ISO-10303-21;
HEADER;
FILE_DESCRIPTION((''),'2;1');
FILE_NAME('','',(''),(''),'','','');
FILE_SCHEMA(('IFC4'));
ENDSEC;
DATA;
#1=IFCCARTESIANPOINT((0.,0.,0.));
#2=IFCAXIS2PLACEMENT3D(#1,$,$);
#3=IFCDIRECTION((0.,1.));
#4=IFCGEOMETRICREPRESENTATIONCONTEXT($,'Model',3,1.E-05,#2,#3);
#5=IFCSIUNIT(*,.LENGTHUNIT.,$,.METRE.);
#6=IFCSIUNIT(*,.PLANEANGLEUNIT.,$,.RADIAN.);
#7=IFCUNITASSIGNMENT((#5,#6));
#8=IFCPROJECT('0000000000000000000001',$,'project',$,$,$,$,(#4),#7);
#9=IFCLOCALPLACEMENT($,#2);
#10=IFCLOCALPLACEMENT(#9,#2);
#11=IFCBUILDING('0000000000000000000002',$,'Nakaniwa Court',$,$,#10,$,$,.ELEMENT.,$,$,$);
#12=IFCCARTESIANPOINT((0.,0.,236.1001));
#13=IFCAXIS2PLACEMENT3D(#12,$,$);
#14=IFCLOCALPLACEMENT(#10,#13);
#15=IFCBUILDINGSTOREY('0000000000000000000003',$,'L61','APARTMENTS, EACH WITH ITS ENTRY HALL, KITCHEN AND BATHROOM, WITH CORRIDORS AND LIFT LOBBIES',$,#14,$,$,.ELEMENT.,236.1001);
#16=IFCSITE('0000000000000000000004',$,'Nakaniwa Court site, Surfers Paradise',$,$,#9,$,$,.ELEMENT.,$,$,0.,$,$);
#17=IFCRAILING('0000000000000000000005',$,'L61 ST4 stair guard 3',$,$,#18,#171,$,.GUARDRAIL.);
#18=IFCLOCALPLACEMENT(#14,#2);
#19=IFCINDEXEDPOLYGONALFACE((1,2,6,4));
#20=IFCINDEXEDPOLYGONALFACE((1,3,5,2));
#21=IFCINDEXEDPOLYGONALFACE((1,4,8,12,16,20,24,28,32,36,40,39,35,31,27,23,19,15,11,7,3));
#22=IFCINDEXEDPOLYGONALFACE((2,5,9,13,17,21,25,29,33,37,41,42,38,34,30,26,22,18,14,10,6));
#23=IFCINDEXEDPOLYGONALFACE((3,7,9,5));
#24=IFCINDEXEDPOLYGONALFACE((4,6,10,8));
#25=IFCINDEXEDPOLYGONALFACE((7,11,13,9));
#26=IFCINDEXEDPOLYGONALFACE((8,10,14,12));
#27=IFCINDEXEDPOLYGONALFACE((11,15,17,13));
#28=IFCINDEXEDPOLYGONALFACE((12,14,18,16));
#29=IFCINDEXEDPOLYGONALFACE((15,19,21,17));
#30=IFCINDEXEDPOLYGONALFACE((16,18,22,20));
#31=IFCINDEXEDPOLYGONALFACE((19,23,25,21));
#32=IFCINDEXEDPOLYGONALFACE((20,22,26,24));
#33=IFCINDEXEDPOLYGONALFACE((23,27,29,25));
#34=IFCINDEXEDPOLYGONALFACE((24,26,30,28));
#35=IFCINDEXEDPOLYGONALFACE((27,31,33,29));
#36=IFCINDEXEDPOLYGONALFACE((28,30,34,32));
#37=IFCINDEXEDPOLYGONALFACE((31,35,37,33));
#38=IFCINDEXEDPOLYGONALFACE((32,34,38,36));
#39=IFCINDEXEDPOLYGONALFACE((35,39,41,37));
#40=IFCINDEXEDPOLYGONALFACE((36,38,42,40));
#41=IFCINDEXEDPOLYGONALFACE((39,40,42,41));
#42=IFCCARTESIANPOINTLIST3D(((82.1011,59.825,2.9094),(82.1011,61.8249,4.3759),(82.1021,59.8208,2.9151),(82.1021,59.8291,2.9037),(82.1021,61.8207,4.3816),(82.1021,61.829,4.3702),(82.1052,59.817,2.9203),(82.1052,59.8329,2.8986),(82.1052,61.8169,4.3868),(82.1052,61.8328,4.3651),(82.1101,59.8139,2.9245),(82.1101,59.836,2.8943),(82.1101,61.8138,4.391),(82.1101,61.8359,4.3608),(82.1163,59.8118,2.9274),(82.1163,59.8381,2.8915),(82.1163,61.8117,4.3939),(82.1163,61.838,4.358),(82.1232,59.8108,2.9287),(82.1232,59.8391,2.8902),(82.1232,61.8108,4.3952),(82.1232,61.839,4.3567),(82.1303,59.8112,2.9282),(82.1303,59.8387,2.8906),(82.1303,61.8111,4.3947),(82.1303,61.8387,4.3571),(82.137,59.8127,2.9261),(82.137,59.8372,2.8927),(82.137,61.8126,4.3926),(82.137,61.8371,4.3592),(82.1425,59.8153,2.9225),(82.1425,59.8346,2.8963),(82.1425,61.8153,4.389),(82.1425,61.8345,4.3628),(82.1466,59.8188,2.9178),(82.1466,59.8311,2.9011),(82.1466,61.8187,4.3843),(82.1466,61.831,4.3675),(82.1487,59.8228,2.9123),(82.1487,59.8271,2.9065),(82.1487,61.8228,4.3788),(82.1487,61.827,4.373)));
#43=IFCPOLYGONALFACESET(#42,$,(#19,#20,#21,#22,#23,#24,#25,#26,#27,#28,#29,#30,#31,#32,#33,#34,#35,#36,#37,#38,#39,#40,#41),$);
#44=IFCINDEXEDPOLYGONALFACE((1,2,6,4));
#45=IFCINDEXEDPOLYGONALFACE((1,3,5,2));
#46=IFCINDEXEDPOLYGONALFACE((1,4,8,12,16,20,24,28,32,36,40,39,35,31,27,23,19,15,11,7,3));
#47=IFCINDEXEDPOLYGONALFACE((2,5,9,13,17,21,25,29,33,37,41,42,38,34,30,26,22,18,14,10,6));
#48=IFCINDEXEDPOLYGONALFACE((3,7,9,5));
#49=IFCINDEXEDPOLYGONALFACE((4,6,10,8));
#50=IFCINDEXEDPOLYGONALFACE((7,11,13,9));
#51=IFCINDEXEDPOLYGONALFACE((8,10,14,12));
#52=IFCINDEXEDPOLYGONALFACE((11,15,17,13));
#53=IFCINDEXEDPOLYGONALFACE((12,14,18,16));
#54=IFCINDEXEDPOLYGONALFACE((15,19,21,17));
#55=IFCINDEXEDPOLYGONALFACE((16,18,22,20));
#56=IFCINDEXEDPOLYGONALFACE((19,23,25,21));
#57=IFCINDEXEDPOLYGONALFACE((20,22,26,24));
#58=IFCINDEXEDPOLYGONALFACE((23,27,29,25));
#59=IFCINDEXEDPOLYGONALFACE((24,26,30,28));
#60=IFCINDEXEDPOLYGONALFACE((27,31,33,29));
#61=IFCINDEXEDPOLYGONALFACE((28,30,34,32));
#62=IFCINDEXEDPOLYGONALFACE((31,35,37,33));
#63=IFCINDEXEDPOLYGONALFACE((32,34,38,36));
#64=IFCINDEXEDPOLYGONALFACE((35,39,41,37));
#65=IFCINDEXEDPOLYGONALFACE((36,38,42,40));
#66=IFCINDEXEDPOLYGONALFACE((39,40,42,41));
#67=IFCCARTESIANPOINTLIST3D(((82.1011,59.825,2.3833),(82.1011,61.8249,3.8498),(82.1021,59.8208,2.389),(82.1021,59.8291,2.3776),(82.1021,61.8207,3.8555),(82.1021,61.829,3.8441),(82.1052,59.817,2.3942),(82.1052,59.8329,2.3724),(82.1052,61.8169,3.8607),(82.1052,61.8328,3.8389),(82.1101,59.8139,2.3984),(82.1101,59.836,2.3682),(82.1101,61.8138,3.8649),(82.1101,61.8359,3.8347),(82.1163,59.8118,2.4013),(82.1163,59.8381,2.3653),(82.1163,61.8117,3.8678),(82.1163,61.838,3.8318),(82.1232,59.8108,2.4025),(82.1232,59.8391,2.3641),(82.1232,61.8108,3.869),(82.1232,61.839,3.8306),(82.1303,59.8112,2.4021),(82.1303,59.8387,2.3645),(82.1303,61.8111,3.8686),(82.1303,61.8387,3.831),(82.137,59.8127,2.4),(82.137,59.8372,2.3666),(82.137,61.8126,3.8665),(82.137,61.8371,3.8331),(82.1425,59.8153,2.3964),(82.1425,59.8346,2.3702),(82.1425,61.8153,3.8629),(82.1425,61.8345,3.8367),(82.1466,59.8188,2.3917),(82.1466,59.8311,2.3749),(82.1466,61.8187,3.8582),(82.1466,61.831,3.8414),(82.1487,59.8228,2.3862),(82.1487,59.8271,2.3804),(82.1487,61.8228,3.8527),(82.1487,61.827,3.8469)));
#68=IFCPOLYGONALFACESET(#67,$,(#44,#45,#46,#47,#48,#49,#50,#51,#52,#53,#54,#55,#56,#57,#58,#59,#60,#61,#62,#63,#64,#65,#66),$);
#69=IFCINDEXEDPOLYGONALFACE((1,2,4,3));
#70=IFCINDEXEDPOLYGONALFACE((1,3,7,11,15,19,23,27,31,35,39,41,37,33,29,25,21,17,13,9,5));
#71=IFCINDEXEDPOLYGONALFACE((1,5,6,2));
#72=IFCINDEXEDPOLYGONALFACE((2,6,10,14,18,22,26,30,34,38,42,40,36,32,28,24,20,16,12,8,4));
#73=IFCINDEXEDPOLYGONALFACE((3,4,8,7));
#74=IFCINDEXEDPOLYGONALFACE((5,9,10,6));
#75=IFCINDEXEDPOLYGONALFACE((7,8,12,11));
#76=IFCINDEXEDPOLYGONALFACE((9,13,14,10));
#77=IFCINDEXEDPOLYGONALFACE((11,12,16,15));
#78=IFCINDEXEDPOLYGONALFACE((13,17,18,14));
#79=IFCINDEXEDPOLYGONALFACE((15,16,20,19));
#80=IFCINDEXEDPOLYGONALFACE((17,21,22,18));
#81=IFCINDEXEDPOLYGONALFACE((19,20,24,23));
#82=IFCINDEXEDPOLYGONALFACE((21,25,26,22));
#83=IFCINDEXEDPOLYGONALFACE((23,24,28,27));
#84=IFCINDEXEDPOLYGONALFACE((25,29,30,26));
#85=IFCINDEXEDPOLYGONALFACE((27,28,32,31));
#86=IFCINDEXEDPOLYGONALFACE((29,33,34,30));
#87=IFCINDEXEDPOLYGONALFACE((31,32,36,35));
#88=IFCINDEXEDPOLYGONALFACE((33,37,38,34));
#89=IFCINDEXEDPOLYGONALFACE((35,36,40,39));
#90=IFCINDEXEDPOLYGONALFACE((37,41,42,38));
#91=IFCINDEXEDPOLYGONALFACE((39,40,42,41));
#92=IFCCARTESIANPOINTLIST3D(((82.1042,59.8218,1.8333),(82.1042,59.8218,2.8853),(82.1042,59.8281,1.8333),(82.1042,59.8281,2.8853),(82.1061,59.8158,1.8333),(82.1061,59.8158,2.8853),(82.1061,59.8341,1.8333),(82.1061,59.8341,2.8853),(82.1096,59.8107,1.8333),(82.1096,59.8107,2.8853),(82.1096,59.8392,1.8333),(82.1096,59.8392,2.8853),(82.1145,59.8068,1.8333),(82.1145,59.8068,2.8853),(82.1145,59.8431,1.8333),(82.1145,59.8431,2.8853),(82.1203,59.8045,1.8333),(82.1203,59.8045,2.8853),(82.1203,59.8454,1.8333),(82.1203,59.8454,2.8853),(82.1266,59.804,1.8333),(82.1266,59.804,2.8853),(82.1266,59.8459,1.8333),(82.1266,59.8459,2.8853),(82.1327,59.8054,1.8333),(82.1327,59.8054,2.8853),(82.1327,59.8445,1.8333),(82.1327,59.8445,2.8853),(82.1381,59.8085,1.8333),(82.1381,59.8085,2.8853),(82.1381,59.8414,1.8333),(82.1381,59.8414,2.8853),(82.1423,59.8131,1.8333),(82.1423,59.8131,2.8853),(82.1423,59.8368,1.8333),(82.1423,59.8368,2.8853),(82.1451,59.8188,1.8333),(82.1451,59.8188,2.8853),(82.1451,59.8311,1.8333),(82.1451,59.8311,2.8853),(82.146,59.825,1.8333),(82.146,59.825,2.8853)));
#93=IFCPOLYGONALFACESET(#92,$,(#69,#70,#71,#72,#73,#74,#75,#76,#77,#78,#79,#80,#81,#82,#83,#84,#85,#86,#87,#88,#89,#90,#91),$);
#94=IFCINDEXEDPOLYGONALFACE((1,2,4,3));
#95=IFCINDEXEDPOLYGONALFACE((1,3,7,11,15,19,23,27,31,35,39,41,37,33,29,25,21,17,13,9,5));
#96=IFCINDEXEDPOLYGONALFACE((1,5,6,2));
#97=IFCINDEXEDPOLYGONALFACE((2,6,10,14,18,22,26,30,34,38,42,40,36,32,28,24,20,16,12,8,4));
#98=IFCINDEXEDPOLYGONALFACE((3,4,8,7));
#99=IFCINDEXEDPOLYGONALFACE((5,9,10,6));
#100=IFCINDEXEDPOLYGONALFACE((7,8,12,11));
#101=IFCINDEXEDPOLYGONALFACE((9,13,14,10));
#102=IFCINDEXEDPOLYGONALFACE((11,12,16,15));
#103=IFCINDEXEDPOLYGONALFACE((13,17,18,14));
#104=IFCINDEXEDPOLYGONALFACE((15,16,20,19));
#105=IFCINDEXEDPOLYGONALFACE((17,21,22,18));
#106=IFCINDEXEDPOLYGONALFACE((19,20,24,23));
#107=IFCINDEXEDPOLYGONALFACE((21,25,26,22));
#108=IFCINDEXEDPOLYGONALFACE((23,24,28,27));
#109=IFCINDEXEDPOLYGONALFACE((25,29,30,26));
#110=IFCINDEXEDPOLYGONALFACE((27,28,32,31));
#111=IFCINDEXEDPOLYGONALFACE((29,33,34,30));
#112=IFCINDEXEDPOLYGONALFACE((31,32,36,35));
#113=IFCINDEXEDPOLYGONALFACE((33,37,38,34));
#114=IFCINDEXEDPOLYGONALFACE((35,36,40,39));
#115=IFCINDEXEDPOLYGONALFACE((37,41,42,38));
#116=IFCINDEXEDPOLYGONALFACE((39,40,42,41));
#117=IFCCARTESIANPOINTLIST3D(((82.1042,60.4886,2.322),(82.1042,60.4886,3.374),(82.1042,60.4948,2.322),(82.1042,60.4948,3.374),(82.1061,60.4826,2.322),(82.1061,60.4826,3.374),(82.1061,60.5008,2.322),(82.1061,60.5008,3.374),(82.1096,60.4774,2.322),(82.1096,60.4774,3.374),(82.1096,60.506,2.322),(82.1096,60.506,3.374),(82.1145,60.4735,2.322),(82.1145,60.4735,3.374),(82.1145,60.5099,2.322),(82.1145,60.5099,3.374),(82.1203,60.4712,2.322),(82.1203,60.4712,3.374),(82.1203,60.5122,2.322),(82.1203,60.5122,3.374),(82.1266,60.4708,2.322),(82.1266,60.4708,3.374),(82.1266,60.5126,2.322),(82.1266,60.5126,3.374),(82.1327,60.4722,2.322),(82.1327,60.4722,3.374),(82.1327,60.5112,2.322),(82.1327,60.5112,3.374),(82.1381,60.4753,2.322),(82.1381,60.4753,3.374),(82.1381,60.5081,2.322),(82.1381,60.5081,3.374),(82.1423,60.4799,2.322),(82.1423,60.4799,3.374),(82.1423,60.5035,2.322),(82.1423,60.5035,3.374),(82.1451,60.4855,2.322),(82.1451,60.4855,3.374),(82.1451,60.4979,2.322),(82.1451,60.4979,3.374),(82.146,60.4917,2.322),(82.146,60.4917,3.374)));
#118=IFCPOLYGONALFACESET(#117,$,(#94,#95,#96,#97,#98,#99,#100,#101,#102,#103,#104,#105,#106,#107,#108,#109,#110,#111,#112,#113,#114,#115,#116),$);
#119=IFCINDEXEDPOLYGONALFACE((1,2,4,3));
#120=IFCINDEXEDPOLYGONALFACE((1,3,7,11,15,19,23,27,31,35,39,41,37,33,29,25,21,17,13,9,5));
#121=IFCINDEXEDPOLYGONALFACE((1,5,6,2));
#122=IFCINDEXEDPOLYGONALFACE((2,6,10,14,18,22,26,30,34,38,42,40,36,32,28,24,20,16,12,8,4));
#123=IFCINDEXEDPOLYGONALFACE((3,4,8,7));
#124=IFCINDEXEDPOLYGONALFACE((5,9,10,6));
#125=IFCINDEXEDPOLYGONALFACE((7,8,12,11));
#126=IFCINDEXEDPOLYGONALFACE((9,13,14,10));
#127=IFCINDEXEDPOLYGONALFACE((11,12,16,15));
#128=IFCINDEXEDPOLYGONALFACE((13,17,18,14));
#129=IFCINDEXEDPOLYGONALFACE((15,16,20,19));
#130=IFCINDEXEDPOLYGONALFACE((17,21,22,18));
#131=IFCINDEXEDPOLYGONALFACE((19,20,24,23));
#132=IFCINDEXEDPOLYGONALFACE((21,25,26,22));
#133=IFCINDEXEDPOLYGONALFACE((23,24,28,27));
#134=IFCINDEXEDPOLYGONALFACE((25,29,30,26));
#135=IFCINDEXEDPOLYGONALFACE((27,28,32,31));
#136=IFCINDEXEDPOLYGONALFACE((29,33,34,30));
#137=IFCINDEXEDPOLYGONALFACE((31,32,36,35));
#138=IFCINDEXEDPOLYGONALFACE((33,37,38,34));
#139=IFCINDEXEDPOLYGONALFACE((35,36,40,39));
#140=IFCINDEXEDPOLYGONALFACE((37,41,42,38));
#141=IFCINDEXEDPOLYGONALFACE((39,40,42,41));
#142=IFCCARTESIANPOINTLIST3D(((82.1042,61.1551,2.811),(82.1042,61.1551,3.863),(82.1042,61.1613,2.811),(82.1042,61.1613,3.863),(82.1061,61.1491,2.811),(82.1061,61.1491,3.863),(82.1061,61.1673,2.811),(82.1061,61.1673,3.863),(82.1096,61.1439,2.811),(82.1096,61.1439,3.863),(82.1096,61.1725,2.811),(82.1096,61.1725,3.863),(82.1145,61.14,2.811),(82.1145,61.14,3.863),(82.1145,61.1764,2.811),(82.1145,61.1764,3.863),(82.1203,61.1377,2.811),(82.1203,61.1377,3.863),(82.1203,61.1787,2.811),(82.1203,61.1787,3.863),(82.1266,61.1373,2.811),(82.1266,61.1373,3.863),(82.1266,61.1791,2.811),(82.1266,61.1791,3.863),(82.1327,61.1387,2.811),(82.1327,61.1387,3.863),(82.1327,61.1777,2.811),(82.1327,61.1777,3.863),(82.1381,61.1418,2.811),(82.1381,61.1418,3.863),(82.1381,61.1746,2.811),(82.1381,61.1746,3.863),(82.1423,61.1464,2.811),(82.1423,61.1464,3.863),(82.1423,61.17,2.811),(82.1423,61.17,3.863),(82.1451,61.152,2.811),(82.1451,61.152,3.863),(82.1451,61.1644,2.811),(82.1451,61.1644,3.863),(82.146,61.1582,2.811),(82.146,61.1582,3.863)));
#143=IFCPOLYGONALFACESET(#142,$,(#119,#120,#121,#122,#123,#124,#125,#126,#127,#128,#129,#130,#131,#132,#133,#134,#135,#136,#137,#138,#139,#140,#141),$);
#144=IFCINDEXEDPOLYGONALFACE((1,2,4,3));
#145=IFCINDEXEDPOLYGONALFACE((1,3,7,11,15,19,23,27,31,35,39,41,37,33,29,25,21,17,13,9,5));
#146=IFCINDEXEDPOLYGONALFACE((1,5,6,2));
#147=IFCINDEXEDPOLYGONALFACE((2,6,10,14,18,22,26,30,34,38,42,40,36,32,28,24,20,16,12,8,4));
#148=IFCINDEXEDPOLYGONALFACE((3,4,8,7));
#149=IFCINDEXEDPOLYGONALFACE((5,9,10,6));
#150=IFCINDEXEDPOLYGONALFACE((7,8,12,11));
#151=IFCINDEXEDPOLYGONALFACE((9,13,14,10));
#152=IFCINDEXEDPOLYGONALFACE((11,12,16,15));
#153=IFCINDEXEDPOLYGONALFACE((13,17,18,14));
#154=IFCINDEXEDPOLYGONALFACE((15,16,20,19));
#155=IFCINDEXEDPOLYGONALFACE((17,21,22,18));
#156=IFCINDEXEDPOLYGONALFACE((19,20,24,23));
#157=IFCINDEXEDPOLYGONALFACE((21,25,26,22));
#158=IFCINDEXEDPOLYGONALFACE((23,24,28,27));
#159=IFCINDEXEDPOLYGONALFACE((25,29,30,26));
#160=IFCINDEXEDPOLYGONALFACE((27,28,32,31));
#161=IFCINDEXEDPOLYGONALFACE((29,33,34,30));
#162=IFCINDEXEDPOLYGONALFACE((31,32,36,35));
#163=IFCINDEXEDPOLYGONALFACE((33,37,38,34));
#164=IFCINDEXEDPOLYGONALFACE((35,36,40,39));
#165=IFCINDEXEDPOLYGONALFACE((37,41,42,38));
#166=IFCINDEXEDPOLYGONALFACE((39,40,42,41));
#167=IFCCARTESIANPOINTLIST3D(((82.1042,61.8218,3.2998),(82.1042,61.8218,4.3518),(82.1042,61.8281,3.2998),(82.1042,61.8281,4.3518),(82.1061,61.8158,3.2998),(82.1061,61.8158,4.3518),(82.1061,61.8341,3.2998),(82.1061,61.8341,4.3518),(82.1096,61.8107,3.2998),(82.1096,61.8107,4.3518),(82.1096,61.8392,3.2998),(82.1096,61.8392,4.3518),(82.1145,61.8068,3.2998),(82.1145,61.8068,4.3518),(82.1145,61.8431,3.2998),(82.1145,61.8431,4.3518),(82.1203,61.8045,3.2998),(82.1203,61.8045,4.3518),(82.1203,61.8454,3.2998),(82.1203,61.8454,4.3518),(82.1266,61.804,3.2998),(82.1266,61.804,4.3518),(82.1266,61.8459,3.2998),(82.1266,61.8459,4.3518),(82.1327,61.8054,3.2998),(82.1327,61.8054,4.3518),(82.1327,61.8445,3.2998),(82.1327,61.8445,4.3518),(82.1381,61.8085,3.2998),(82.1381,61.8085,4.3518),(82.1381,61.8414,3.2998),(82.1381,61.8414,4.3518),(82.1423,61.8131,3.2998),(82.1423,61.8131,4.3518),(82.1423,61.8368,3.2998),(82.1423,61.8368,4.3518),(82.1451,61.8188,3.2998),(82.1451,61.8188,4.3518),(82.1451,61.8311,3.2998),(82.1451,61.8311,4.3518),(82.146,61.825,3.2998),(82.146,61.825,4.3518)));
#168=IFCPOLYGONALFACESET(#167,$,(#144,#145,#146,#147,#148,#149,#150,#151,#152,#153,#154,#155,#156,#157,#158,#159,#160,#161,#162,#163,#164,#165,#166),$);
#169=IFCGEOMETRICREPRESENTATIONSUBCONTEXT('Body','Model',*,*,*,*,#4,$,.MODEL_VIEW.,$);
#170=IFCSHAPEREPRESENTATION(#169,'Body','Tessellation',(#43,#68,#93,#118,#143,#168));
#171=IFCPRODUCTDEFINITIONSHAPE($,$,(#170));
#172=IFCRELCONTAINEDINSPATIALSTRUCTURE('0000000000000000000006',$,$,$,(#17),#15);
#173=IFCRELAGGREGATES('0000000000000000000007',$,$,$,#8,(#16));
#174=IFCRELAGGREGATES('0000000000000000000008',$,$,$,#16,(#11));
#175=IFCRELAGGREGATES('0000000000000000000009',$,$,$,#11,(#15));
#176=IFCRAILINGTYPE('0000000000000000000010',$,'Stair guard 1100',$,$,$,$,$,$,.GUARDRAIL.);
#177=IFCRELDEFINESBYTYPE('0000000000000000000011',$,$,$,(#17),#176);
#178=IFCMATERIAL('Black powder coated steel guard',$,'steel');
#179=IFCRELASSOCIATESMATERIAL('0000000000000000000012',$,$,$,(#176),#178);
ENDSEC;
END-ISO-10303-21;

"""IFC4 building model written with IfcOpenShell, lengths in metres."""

from ifc_helpers import new_model, si_unit, direction, frame, origin, origin_2d, place, context, subcontext, project, spatial, circle, extrude, material, type_object, element, save


model = new_model("IFC4")

# Units and contexts
model_context = context("Model", 3, precision=1e-05, world=origin(), true_north=direction((0.0, 1.0)))
body_context = subcontext(model_context, "Body", "Model", "MODEL_VIEW")
ifc_project = project(units=[si_unit("LENGTHUNIT", "METRE"), si_unit("PLANEANGLEUNIT", "RADIAN")], contexts=[model_context])

# Site, building, storey
site_placement = place(None, origin())
site = spatial("IfcSite", under=ifc_project, at=site_placement, Name="Nakaniwa Court site, Surfers Paradise", CompositionType="ELEMENT", RefElevation=0.0)
building_placement = place(site_placement, origin())
building = spatial("IfcBuilding", under=site, at=building_placement, Name="Nakaniwa Court", CompositionType="ELEMENT")
storey_placement = place(building_placement, frame((0.0, 0.0, 236.1001)))
storey = spatial("IfcBuildingStorey", under=building, at=storey_placement, Name="L61", Description="APARTMENTS, EACH WITH ITS ENTRY HALL, KITCHEN AND BATHROOM, WITH CORRIDORS AND LIFT LOBBIES", CompositionType="ELEMENT", Elevation=236.1001)

# Railing
ifc_material_1 = material(Name="Black powder coated steel guard", Category="steel")
railing_type_1 = type_object("IfcRailingType", Name="Stair guard 1100", PredefinedType="GUARDRAIL", material=ifc_material_1)
railing_1_placement = place(storey_placement, frame((82.125, 59.825, 1.8333)))
element("IfcRailing", 1, at=railing_1_placement, inside=storey, type_object=railing_type_1, Name="L61 ST4 stair guard 3", PredefinedType="GUARDRAIL", context=body_context, shape_type="SweptSolid", body=[
    extrude(circle(Radius=0.0239, at=origin_2d()), frame((0.0, 0.0, 1.0762), z_axis=(0.0, 0.806427, 0.591334), x_axis=(-1.0, 0.0, 0.0)), (0.0, 0.0, 1.0), 2.48),
    extrude(circle(Radius=0.0239, at=origin_2d()), frame((0.0, 0.0, 0.55), z_axis=(0.0, 0.806427, 0.591334), x_axis=(-1.0, 0.0, 0.0)), (0.0, 0.0, 1.0), 2.48),
    extrude(circle(Radius=0.021, at=origin_2d()), origin(), (0.0, 0.0, 1.0), 1.052),
    extrude(circle(Radius=0.021, at=origin_2d()), frame((0.0, 0.6667, 0.4888)), (0.0, 0.0, 1.0), 1.052),
    extrude(circle(Radius=0.021, at=origin_2d()), frame((0.0, 1.3333, 0.9778)), (0.0, 0.0, 1.0), 1.052),
    extrude(circle(Radius=0.021, at=origin_2d()), frame((0.0, 2.0, 1.4666)), (0.0, 0.0, 1.0), 1.052),
])

save(model, "model.ifc")
